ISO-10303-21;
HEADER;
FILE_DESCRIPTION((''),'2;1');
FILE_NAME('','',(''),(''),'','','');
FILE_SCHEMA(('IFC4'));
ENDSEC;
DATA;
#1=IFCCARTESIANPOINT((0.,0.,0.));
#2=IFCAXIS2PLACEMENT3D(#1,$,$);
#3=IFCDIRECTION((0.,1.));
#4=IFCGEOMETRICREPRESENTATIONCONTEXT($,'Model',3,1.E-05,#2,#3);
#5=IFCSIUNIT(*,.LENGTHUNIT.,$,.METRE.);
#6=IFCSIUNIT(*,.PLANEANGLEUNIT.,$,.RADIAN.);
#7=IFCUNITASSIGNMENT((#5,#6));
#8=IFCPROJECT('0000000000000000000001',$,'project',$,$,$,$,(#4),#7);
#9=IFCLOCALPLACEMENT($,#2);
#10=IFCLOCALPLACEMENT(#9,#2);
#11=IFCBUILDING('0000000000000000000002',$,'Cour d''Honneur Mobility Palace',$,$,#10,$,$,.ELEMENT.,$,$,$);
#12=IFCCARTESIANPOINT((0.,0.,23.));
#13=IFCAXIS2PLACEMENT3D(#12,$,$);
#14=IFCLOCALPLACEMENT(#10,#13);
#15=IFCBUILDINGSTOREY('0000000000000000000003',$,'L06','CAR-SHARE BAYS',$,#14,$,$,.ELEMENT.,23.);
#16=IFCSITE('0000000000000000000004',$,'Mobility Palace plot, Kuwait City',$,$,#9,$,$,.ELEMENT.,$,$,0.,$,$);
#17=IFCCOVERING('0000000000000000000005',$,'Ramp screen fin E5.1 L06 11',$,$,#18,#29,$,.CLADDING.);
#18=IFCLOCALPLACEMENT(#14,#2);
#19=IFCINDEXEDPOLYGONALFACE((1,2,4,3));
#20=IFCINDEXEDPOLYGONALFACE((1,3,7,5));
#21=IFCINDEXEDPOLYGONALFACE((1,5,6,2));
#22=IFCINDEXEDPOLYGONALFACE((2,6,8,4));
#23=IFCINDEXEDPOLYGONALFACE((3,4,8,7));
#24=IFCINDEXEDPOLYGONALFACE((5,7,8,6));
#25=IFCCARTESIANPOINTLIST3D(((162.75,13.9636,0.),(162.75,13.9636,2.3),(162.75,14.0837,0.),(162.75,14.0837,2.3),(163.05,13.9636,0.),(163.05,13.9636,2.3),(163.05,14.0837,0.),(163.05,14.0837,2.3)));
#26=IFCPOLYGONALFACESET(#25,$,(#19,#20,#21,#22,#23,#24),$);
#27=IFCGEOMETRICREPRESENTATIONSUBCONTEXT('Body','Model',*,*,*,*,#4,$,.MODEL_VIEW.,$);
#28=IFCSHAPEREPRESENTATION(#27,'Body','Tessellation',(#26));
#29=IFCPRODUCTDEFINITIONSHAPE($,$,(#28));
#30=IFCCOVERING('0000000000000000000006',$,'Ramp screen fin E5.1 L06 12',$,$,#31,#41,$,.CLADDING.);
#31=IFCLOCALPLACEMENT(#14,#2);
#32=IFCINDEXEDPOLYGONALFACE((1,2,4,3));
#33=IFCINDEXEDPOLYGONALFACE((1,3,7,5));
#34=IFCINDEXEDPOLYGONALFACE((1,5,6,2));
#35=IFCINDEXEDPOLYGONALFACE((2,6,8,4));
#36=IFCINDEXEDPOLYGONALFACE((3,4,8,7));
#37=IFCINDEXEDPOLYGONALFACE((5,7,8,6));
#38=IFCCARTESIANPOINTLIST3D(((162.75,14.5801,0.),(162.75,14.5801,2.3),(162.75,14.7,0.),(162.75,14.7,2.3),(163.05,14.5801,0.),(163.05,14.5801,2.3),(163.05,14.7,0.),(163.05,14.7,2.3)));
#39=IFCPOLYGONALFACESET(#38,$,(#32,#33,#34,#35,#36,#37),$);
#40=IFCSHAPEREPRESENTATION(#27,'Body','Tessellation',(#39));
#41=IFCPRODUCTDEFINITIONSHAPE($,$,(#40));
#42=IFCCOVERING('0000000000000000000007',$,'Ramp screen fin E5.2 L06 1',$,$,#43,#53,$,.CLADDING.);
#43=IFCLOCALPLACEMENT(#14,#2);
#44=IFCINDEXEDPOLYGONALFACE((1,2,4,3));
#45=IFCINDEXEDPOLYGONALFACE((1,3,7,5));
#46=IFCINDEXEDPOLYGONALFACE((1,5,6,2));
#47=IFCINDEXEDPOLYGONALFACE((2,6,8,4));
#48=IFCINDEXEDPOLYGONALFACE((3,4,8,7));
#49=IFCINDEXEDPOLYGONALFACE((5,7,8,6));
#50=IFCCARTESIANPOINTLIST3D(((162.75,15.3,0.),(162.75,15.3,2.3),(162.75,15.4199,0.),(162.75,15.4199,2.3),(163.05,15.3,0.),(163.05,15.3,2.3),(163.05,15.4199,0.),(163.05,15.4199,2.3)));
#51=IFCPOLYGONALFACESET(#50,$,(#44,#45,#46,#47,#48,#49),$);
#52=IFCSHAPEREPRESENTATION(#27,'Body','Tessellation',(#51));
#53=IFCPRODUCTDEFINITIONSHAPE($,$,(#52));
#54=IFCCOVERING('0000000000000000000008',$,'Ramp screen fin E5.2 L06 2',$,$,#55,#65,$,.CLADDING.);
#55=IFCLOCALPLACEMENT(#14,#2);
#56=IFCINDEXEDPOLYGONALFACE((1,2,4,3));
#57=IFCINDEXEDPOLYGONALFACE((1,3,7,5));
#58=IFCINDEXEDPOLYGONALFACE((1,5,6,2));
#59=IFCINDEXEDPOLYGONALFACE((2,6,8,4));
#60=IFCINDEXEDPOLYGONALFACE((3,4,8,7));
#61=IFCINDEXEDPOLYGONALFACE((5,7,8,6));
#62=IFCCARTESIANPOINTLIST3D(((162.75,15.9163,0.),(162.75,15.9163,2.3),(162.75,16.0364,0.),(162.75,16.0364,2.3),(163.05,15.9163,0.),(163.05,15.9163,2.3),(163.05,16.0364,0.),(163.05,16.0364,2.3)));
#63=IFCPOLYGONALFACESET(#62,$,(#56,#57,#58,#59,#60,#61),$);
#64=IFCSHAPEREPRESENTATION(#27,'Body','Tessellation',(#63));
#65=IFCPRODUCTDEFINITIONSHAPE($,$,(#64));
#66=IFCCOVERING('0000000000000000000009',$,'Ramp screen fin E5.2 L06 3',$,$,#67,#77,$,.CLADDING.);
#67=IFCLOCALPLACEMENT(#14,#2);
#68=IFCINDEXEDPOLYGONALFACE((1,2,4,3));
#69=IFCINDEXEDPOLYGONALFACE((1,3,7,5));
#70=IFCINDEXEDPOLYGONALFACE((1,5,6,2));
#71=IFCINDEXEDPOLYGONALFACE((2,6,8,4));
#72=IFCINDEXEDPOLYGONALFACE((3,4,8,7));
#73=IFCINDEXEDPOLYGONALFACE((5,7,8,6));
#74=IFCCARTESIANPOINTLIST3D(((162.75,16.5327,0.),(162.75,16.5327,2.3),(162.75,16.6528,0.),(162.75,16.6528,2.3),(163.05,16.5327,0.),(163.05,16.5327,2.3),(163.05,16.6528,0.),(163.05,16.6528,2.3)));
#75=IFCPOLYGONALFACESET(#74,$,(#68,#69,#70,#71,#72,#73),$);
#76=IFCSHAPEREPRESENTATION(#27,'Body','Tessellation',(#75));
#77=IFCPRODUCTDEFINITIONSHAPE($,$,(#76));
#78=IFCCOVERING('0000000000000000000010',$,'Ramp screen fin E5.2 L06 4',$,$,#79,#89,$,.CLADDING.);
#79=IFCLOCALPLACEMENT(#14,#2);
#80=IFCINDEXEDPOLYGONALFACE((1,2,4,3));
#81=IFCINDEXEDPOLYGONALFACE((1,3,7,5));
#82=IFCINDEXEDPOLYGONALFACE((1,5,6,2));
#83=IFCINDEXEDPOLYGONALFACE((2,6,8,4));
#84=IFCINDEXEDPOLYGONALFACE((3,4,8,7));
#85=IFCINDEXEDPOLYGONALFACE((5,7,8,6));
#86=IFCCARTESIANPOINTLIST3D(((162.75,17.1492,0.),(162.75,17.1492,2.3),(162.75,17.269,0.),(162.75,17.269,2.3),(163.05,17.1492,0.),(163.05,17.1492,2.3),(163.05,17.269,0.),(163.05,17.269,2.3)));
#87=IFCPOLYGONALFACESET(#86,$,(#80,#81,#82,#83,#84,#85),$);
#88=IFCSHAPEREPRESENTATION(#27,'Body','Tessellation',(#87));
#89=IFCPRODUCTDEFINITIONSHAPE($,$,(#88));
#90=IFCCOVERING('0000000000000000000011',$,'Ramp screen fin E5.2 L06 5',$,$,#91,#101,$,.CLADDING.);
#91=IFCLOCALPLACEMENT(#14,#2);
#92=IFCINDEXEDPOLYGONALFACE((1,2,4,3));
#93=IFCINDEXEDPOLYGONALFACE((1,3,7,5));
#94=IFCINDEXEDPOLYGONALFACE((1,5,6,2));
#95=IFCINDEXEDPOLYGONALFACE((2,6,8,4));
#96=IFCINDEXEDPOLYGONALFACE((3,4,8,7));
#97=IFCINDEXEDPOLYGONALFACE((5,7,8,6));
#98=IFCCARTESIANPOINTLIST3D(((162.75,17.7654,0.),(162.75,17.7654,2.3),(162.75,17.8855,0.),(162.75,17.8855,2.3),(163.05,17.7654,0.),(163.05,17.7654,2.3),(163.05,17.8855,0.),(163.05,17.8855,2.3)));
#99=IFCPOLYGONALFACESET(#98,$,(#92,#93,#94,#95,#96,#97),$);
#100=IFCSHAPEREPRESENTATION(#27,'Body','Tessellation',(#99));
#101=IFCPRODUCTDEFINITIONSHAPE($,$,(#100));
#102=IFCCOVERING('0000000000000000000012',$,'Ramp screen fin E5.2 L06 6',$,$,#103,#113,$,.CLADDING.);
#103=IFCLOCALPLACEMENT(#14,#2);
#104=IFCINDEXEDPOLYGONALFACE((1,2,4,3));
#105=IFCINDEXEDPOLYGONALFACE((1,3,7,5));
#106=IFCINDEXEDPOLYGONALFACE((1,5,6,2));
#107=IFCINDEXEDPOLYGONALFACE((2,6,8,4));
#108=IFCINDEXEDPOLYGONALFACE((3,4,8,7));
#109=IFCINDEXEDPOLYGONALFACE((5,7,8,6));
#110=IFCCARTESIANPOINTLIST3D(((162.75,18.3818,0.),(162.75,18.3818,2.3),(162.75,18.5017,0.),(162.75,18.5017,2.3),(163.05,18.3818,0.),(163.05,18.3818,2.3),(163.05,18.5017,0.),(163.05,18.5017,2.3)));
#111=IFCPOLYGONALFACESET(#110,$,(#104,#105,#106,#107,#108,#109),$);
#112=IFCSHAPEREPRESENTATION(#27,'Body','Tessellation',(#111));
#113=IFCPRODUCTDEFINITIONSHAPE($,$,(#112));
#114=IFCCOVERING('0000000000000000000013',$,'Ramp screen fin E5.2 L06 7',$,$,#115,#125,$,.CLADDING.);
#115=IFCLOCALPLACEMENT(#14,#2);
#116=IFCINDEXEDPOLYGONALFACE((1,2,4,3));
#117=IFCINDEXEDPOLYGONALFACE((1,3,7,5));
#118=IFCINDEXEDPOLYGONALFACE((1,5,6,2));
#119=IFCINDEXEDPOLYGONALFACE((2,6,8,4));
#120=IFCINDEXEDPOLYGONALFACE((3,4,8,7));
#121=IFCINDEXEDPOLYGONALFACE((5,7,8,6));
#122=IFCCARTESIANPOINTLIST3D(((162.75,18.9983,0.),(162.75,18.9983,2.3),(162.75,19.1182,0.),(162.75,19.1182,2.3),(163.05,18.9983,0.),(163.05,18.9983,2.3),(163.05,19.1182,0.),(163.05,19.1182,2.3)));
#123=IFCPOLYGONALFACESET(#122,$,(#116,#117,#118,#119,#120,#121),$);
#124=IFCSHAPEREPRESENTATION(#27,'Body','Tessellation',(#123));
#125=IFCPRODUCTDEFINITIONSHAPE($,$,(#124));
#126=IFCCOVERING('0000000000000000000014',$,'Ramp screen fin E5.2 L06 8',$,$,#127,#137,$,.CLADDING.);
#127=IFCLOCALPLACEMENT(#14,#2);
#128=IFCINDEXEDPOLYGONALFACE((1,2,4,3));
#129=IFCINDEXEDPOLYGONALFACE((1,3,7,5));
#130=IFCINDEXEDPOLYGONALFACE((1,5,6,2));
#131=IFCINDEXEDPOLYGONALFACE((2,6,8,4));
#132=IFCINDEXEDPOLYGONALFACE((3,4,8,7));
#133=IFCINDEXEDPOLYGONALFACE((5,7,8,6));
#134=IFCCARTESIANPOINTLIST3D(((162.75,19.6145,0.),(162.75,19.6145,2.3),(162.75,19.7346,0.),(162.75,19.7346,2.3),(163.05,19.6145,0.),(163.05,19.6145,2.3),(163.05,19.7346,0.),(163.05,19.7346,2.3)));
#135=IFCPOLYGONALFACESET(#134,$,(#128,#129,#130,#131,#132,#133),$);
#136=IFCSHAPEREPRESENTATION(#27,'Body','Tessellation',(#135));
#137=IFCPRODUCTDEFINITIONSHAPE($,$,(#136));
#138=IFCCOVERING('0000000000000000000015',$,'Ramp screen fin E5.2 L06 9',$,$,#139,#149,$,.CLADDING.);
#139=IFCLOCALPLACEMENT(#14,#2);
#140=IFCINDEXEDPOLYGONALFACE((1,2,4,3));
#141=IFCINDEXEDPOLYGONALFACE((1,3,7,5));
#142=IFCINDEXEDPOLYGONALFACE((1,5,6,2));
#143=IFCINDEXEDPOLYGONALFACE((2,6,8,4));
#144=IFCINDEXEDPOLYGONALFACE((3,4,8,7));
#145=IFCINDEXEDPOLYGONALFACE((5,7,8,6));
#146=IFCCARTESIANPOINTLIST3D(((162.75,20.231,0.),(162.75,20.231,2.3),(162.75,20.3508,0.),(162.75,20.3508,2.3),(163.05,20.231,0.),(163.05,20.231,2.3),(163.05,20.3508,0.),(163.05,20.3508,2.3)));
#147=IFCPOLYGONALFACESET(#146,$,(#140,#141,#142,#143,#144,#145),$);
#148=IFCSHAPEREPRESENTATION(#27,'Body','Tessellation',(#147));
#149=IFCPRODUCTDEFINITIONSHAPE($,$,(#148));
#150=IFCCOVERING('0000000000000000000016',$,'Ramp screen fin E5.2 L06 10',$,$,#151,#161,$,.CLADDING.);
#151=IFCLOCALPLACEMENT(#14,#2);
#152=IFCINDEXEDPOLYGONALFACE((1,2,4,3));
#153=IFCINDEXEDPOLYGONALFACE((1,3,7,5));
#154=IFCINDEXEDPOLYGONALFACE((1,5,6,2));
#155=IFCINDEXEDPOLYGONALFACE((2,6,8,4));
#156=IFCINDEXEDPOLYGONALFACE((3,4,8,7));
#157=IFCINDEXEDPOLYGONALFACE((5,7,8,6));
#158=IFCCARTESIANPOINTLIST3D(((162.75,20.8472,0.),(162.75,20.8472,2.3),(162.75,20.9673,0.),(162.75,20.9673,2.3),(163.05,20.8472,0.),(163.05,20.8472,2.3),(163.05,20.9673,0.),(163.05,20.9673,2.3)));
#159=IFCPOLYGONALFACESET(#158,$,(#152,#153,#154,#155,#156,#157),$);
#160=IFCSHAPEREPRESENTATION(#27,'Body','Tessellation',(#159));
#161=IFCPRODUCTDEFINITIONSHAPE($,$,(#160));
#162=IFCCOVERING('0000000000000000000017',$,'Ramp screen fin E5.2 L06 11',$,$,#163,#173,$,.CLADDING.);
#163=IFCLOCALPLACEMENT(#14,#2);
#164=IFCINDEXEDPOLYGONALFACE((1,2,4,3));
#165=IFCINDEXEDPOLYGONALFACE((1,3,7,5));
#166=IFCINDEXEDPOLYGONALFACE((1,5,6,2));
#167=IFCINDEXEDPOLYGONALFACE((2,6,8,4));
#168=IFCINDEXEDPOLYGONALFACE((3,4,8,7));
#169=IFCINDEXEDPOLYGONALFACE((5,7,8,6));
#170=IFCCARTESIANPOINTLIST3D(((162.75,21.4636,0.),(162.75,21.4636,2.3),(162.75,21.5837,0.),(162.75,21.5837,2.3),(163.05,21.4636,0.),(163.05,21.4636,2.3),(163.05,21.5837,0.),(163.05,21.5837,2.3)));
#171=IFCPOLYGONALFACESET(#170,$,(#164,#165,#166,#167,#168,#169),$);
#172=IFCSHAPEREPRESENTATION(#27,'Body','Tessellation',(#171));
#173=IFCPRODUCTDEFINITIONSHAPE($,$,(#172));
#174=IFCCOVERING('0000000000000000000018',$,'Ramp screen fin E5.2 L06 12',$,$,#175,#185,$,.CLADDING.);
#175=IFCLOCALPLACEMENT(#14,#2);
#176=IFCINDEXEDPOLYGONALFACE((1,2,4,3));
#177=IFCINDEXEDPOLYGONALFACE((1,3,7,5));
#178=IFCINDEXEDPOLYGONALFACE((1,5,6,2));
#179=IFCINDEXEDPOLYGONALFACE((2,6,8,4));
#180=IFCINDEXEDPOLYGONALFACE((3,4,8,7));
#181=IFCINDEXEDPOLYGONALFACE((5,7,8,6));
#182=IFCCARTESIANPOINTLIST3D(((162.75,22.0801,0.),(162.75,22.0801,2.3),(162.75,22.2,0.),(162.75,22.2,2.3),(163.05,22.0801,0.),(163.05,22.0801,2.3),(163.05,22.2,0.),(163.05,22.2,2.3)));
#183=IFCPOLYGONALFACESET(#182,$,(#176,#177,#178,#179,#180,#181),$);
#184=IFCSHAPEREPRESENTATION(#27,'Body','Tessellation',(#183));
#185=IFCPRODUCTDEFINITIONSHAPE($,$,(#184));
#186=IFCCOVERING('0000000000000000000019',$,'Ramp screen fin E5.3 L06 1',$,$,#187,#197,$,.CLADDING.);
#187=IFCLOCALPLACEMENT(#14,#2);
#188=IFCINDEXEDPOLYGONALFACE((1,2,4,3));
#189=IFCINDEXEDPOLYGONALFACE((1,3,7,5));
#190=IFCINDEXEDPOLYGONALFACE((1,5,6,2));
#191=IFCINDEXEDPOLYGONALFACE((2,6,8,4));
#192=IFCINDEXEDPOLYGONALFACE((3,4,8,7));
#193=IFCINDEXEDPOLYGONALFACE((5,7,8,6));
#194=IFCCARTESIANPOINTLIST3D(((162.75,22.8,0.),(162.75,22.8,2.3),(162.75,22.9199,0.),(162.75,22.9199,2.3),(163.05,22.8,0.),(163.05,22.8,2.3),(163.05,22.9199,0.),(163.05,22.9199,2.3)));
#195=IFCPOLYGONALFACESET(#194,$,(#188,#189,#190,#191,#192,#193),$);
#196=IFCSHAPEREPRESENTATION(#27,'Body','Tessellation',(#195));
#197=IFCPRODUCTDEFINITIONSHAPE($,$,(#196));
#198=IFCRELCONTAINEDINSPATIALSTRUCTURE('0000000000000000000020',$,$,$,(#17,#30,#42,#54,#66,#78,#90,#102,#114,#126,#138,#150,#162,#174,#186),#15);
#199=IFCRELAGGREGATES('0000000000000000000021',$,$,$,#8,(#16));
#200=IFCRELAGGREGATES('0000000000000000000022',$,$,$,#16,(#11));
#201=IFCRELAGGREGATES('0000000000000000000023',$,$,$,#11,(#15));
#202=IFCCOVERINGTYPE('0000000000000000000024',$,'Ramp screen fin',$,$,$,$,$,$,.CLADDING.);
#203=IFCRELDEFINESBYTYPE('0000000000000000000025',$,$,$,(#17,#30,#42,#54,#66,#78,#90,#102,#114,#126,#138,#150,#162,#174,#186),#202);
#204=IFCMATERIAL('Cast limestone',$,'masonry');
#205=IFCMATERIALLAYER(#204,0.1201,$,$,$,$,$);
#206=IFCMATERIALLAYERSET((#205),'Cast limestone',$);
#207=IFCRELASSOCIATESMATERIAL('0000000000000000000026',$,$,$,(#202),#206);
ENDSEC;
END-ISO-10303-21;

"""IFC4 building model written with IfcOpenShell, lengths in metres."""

from ifc_helpers import new_model, si_unit, direction, frame, origin, place, context, subcontext, project, spatial, polyline, outline, extrude, material, layer, layer_set, type_object, element, save


model = new_model("IFC4")

# Units and contexts
model_context = context("Model", 3, precision=1e-05, world=origin(), true_north=direction((0.0, 1.0)))
body_context = subcontext(model_context, "Body", "Model", "MODEL_VIEW")
ifc_project = project(units=[si_unit("LENGTHUNIT", "METRE"), si_unit("PLANEANGLEUNIT", "RADIAN")], contexts=[model_context])

# Site, building, storey
site_placement = place(None, origin())
site = spatial("IfcSite", under=ifc_project, at=site_placement, Name="Mobility Palace plot, Kuwait City", CompositionType="ELEMENT", RefElevation=0.0)
building_placement = place(site_placement, origin())
building = spatial("IfcBuilding", under=site, at=building_placement, Name="Cour d'Honneur Mobility Palace", CompositionType="ELEMENT")
storey_placement = place(building_placement, frame((0.0, 0.0, 23.0)))
storey = spatial("IfcBuildingStorey", under=building, at=storey_placement, Name="L06", Description="CAR-SHARE BAYS", CompositionType="ELEMENT", Elevation=23.0)

# Coverings
ifc_material_1 = material(Name="Cast limestone", Category="masonry")
ifc_layer_1 = layer(ifc_material_1, 0.1201)
ifc_layer_set_1 = layer_set([ifc_layer_1], Name="Cast limestone")
covering_type = type_object("IfcCoveringType", Name="Ramp screen fin", PredefinedType="CLADDING", material=ifc_layer_set_1)
covering_1_placement = place(storey_placement, origin())
element("IfcCovering", 1, at=covering_1_placement, inside=storey, type_object=covering_type, Name="Ramp screen fin E5.1 L06 11", PredefinedType="CLADDING", context=body_context, shape_type="SweptSolid", body=[
    extrude(outline(polyline([(162.75, 13.9636), (162.75, 14.0837), (163.05, 14.0837), (163.05, 13.9636), (162.75, 13.9636)])), origin(), (0.0, 0.0, 1.0), 2.3),
])
covering_2_placement = place(storey_placement, origin())
element("IfcCovering", 2, at=covering_2_placement, inside=storey, type_object=covering_type, Name="Ramp screen fin E5.1 L06 12", PredefinedType="CLADDING", context=body_context, shape_type="SweptSolid", body=[
    extrude(outline(polyline([(162.75, 14.5801), (162.75, 14.7), (163.05, 14.7), (163.05, 14.5801), (162.75, 14.5801)])), origin(), (0.0, 0.0, 1.0), 2.3),
])
covering_3_placement = place(storey_placement, origin())
element("IfcCovering", 3, at=covering_3_placement, inside=storey, type_object=covering_type, Name="Ramp screen fin E5.2 L06 1", PredefinedType="CLADDING", context=body_context, shape_type="SweptSolid", body=[
    extrude(outline(polyline([(162.75, 15.3), (162.75, 15.4199), (163.05, 15.4199), (163.05, 15.3), (162.75, 15.3)])), origin(), (0.0, 0.0, 1.0), 2.3),
])
covering_4_placement = place(storey_placement, origin())
element("IfcCovering", 4, at=covering_4_placement, inside=storey, type_object=covering_type, Name="Ramp screen fin E5.2 L06 2", PredefinedType="CLADDING", context=body_context, shape_type="SweptSolid", body=[
    extrude(outline(polyline([(162.75, 15.9163), (162.75, 16.0364), (163.05, 16.0364), (163.05, 15.9163), (162.75, 15.9163)])), origin(), (0.0, 0.0, 1.0), 2.3),
])
covering_5_placement = place(storey_placement, origin())
element("IfcCovering", 5, at=covering_5_placement, inside=storey, type_object=covering_type, Name="Ramp screen fin E5.2 L06 3", PredefinedType="CLADDING", context=body_context, shape_type="SweptSolid", body=[
    extrude(outline(polyline([(162.75, 16.5327), (162.75, 16.6528), (163.05, 16.6528), (163.05, 16.5327), (162.75, 16.5327)])), origin(), (0.0, 0.0, 1.0), 2.3),
])
covering_6_placement = place(storey_placement, origin())
element("IfcCovering", 6, at=covering_6_placement, inside=storey, type_object=covering_type, Name="Ramp screen fin E5.2 L06 4", PredefinedType="CLADDING", context=body_context, shape_type="SweptSolid", body=[
    extrude(outline(polyline([(162.75, 17.1492), (162.75, 17.269), (163.05, 17.269), (163.05, 17.1492), (162.75, 17.1492)])), origin(), (0.0, 0.0, 1.0), 2.3),
])
covering_7_placement = place(storey_placement, origin())
element("IfcCovering", 7, at=covering_7_placement, inside=storey, type_object=covering_type, Name="Ramp screen fin E5.2 L06 5", PredefinedType="CLADDING", context=body_context, shape_type="SweptSolid", body=[
    extrude(outline(polyline([(162.75, 17.7654), (162.75, 17.8855), (163.05, 17.8855), (163.05, 17.7654), (162.75, 17.7654)])), origin(), (0.0, 0.0, 1.0), 2.3),
])
covering_8_placement = place(storey_placement, origin())
element("IfcCovering", 8, at=covering_8_placement, inside=storey, type_object=covering_type, Name="Ramp screen fin E5.2 L06 6", PredefinedType="CLADDING", context=body_context, shape_type="SweptSolid", body=[
    extrude(outline(polyline([(162.75, 18.3818), (162.75, 18.5017), (163.05, 18.5017), (163.05, 18.3818), (162.75, 18.3818)])), origin(), (0.0, 0.0, 1.0), 2.3),
])
covering_9_placement = place(storey_placement, origin())
element("IfcCovering", 9, at=covering_9_placement, inside=storey, type_object=covering_type, Name="Ramp screen fin E5.2 L06 7", PredefinedType="CLADDING", context=body_context, shape_type="SweptSolid", body=[
    extrude(outline(polyline([(162.75, 18.9983), (162.75, 19.1182), (163.05, 19.1182), (163.05, 18.9983), (162.75, 18.9983)])), origin(), (0.0, 0.0, 1.0), 2.3),
])
covering_10_placement = place(storey_placement, origin())
element("IfcCovering", 10, at=covering_10_placement, inside=storey, type_object=covering_type, Name="Ramp screen fin E5.2 L06 8", PredefinedType="CLADDING", context=body_context, shape_type="SweptSolid", body=[
    extrude(outline(polyline([(162.75, 19.6145), (162.75, 19.7346), (163.05, 19.7346), (163.05, 19.6145), (162.75, 19.6145)])), origin(), (0.0, 0.0, 1.0), 2.3),
])
covering_11_placement = place(storey_placement, origin())
element("IfcCovering", 11, at=covering_11_placement, inside=storey, type_object=covering_type, Name="Ramp screen fin E5.2 L06 9", PredefinedType="CLADDING", context=body_context, shape_type="SweptSolid", body=[
    extrude(outline(polyline([(162.75, 20.231), (162.75, 20.3508), (163.05, 20.3508), (163.05, 20.231), (162.75, 20.231)])), origin(), (0.0, 0.0, 1.0), 2.3),
])
covering_12_placement = place(storey_placement, origin())
element("IfcCovering", 12, at=covering_12_placement, inside=storey, type_object=covering_type, Name="Ramp screen fin E5.2 L06 10", PredefinedType="CLADDING", context=body_context, shape_type="SweptSolid", body=[
    extrude(outline(polyline([(162.75, 20.8472), (162.75, 20.9673), (163.05, 20.9673), (163.05, 20.8472), (162.75, 20.8472)])), origin(), (0.0, 0.0, 1.0), 2.3),
])
covering_13_placement = place(storey_placement, origin())
element("IfcCovering", 13, at=covering_13_placement, inside=storey, type_object=covering_type, Name="Ramp screen fin E5.2 L06 11", PredefinedType="CLADDING", context=body_context, shape_type="SweptSolid", body=[
    extrude(outline(polyline([(162.75, 21.4636), (162.75, 21.5837), (163.05, 21.5837), (163.05, 21.4636), (162.75, 21.4636)])), origin(), (0.0, 0.0, 1.0), 2.3),
])
covering_14_placement = place(storey_placement, origin())
element("IfcCovering", 14, at=covering_14_placement, inside=storey, type_object=covering_type, Name="Ramp screen fin E5.2 L06 12", PredefinedType="CLADDING", context=body_context, shape_type="SweptSolid", body=[
    extrude(outline(polyline([(162.75, 22.0801), (162.75, 22.2), (163.05, 22.2), (163.05, 22.0801), (162.75, 22.0801)])), origin(), (0.0, 0.0, 1.0), 2.3),
])
covering_15_placement = place(storey_placement, origin())
element("IfcCovering", 15, at=covering_15_placement, inside=storey, type_object=covering_type, Name="Ramp screen fin E5.3 L06 1", PredefinedType="CLADDING", context=body_context, shape_type="SweptSolid", body=[
    extrude(outline(polyline([(162.75, 22.8), (162.75, 22.9199), (163.05, 22.9199), (163.05, 22.8), (162.75, 22.8)])), origin(), (0.0, 0.0, 1.0), 2.3),
])

save(model, "model.ifc")
